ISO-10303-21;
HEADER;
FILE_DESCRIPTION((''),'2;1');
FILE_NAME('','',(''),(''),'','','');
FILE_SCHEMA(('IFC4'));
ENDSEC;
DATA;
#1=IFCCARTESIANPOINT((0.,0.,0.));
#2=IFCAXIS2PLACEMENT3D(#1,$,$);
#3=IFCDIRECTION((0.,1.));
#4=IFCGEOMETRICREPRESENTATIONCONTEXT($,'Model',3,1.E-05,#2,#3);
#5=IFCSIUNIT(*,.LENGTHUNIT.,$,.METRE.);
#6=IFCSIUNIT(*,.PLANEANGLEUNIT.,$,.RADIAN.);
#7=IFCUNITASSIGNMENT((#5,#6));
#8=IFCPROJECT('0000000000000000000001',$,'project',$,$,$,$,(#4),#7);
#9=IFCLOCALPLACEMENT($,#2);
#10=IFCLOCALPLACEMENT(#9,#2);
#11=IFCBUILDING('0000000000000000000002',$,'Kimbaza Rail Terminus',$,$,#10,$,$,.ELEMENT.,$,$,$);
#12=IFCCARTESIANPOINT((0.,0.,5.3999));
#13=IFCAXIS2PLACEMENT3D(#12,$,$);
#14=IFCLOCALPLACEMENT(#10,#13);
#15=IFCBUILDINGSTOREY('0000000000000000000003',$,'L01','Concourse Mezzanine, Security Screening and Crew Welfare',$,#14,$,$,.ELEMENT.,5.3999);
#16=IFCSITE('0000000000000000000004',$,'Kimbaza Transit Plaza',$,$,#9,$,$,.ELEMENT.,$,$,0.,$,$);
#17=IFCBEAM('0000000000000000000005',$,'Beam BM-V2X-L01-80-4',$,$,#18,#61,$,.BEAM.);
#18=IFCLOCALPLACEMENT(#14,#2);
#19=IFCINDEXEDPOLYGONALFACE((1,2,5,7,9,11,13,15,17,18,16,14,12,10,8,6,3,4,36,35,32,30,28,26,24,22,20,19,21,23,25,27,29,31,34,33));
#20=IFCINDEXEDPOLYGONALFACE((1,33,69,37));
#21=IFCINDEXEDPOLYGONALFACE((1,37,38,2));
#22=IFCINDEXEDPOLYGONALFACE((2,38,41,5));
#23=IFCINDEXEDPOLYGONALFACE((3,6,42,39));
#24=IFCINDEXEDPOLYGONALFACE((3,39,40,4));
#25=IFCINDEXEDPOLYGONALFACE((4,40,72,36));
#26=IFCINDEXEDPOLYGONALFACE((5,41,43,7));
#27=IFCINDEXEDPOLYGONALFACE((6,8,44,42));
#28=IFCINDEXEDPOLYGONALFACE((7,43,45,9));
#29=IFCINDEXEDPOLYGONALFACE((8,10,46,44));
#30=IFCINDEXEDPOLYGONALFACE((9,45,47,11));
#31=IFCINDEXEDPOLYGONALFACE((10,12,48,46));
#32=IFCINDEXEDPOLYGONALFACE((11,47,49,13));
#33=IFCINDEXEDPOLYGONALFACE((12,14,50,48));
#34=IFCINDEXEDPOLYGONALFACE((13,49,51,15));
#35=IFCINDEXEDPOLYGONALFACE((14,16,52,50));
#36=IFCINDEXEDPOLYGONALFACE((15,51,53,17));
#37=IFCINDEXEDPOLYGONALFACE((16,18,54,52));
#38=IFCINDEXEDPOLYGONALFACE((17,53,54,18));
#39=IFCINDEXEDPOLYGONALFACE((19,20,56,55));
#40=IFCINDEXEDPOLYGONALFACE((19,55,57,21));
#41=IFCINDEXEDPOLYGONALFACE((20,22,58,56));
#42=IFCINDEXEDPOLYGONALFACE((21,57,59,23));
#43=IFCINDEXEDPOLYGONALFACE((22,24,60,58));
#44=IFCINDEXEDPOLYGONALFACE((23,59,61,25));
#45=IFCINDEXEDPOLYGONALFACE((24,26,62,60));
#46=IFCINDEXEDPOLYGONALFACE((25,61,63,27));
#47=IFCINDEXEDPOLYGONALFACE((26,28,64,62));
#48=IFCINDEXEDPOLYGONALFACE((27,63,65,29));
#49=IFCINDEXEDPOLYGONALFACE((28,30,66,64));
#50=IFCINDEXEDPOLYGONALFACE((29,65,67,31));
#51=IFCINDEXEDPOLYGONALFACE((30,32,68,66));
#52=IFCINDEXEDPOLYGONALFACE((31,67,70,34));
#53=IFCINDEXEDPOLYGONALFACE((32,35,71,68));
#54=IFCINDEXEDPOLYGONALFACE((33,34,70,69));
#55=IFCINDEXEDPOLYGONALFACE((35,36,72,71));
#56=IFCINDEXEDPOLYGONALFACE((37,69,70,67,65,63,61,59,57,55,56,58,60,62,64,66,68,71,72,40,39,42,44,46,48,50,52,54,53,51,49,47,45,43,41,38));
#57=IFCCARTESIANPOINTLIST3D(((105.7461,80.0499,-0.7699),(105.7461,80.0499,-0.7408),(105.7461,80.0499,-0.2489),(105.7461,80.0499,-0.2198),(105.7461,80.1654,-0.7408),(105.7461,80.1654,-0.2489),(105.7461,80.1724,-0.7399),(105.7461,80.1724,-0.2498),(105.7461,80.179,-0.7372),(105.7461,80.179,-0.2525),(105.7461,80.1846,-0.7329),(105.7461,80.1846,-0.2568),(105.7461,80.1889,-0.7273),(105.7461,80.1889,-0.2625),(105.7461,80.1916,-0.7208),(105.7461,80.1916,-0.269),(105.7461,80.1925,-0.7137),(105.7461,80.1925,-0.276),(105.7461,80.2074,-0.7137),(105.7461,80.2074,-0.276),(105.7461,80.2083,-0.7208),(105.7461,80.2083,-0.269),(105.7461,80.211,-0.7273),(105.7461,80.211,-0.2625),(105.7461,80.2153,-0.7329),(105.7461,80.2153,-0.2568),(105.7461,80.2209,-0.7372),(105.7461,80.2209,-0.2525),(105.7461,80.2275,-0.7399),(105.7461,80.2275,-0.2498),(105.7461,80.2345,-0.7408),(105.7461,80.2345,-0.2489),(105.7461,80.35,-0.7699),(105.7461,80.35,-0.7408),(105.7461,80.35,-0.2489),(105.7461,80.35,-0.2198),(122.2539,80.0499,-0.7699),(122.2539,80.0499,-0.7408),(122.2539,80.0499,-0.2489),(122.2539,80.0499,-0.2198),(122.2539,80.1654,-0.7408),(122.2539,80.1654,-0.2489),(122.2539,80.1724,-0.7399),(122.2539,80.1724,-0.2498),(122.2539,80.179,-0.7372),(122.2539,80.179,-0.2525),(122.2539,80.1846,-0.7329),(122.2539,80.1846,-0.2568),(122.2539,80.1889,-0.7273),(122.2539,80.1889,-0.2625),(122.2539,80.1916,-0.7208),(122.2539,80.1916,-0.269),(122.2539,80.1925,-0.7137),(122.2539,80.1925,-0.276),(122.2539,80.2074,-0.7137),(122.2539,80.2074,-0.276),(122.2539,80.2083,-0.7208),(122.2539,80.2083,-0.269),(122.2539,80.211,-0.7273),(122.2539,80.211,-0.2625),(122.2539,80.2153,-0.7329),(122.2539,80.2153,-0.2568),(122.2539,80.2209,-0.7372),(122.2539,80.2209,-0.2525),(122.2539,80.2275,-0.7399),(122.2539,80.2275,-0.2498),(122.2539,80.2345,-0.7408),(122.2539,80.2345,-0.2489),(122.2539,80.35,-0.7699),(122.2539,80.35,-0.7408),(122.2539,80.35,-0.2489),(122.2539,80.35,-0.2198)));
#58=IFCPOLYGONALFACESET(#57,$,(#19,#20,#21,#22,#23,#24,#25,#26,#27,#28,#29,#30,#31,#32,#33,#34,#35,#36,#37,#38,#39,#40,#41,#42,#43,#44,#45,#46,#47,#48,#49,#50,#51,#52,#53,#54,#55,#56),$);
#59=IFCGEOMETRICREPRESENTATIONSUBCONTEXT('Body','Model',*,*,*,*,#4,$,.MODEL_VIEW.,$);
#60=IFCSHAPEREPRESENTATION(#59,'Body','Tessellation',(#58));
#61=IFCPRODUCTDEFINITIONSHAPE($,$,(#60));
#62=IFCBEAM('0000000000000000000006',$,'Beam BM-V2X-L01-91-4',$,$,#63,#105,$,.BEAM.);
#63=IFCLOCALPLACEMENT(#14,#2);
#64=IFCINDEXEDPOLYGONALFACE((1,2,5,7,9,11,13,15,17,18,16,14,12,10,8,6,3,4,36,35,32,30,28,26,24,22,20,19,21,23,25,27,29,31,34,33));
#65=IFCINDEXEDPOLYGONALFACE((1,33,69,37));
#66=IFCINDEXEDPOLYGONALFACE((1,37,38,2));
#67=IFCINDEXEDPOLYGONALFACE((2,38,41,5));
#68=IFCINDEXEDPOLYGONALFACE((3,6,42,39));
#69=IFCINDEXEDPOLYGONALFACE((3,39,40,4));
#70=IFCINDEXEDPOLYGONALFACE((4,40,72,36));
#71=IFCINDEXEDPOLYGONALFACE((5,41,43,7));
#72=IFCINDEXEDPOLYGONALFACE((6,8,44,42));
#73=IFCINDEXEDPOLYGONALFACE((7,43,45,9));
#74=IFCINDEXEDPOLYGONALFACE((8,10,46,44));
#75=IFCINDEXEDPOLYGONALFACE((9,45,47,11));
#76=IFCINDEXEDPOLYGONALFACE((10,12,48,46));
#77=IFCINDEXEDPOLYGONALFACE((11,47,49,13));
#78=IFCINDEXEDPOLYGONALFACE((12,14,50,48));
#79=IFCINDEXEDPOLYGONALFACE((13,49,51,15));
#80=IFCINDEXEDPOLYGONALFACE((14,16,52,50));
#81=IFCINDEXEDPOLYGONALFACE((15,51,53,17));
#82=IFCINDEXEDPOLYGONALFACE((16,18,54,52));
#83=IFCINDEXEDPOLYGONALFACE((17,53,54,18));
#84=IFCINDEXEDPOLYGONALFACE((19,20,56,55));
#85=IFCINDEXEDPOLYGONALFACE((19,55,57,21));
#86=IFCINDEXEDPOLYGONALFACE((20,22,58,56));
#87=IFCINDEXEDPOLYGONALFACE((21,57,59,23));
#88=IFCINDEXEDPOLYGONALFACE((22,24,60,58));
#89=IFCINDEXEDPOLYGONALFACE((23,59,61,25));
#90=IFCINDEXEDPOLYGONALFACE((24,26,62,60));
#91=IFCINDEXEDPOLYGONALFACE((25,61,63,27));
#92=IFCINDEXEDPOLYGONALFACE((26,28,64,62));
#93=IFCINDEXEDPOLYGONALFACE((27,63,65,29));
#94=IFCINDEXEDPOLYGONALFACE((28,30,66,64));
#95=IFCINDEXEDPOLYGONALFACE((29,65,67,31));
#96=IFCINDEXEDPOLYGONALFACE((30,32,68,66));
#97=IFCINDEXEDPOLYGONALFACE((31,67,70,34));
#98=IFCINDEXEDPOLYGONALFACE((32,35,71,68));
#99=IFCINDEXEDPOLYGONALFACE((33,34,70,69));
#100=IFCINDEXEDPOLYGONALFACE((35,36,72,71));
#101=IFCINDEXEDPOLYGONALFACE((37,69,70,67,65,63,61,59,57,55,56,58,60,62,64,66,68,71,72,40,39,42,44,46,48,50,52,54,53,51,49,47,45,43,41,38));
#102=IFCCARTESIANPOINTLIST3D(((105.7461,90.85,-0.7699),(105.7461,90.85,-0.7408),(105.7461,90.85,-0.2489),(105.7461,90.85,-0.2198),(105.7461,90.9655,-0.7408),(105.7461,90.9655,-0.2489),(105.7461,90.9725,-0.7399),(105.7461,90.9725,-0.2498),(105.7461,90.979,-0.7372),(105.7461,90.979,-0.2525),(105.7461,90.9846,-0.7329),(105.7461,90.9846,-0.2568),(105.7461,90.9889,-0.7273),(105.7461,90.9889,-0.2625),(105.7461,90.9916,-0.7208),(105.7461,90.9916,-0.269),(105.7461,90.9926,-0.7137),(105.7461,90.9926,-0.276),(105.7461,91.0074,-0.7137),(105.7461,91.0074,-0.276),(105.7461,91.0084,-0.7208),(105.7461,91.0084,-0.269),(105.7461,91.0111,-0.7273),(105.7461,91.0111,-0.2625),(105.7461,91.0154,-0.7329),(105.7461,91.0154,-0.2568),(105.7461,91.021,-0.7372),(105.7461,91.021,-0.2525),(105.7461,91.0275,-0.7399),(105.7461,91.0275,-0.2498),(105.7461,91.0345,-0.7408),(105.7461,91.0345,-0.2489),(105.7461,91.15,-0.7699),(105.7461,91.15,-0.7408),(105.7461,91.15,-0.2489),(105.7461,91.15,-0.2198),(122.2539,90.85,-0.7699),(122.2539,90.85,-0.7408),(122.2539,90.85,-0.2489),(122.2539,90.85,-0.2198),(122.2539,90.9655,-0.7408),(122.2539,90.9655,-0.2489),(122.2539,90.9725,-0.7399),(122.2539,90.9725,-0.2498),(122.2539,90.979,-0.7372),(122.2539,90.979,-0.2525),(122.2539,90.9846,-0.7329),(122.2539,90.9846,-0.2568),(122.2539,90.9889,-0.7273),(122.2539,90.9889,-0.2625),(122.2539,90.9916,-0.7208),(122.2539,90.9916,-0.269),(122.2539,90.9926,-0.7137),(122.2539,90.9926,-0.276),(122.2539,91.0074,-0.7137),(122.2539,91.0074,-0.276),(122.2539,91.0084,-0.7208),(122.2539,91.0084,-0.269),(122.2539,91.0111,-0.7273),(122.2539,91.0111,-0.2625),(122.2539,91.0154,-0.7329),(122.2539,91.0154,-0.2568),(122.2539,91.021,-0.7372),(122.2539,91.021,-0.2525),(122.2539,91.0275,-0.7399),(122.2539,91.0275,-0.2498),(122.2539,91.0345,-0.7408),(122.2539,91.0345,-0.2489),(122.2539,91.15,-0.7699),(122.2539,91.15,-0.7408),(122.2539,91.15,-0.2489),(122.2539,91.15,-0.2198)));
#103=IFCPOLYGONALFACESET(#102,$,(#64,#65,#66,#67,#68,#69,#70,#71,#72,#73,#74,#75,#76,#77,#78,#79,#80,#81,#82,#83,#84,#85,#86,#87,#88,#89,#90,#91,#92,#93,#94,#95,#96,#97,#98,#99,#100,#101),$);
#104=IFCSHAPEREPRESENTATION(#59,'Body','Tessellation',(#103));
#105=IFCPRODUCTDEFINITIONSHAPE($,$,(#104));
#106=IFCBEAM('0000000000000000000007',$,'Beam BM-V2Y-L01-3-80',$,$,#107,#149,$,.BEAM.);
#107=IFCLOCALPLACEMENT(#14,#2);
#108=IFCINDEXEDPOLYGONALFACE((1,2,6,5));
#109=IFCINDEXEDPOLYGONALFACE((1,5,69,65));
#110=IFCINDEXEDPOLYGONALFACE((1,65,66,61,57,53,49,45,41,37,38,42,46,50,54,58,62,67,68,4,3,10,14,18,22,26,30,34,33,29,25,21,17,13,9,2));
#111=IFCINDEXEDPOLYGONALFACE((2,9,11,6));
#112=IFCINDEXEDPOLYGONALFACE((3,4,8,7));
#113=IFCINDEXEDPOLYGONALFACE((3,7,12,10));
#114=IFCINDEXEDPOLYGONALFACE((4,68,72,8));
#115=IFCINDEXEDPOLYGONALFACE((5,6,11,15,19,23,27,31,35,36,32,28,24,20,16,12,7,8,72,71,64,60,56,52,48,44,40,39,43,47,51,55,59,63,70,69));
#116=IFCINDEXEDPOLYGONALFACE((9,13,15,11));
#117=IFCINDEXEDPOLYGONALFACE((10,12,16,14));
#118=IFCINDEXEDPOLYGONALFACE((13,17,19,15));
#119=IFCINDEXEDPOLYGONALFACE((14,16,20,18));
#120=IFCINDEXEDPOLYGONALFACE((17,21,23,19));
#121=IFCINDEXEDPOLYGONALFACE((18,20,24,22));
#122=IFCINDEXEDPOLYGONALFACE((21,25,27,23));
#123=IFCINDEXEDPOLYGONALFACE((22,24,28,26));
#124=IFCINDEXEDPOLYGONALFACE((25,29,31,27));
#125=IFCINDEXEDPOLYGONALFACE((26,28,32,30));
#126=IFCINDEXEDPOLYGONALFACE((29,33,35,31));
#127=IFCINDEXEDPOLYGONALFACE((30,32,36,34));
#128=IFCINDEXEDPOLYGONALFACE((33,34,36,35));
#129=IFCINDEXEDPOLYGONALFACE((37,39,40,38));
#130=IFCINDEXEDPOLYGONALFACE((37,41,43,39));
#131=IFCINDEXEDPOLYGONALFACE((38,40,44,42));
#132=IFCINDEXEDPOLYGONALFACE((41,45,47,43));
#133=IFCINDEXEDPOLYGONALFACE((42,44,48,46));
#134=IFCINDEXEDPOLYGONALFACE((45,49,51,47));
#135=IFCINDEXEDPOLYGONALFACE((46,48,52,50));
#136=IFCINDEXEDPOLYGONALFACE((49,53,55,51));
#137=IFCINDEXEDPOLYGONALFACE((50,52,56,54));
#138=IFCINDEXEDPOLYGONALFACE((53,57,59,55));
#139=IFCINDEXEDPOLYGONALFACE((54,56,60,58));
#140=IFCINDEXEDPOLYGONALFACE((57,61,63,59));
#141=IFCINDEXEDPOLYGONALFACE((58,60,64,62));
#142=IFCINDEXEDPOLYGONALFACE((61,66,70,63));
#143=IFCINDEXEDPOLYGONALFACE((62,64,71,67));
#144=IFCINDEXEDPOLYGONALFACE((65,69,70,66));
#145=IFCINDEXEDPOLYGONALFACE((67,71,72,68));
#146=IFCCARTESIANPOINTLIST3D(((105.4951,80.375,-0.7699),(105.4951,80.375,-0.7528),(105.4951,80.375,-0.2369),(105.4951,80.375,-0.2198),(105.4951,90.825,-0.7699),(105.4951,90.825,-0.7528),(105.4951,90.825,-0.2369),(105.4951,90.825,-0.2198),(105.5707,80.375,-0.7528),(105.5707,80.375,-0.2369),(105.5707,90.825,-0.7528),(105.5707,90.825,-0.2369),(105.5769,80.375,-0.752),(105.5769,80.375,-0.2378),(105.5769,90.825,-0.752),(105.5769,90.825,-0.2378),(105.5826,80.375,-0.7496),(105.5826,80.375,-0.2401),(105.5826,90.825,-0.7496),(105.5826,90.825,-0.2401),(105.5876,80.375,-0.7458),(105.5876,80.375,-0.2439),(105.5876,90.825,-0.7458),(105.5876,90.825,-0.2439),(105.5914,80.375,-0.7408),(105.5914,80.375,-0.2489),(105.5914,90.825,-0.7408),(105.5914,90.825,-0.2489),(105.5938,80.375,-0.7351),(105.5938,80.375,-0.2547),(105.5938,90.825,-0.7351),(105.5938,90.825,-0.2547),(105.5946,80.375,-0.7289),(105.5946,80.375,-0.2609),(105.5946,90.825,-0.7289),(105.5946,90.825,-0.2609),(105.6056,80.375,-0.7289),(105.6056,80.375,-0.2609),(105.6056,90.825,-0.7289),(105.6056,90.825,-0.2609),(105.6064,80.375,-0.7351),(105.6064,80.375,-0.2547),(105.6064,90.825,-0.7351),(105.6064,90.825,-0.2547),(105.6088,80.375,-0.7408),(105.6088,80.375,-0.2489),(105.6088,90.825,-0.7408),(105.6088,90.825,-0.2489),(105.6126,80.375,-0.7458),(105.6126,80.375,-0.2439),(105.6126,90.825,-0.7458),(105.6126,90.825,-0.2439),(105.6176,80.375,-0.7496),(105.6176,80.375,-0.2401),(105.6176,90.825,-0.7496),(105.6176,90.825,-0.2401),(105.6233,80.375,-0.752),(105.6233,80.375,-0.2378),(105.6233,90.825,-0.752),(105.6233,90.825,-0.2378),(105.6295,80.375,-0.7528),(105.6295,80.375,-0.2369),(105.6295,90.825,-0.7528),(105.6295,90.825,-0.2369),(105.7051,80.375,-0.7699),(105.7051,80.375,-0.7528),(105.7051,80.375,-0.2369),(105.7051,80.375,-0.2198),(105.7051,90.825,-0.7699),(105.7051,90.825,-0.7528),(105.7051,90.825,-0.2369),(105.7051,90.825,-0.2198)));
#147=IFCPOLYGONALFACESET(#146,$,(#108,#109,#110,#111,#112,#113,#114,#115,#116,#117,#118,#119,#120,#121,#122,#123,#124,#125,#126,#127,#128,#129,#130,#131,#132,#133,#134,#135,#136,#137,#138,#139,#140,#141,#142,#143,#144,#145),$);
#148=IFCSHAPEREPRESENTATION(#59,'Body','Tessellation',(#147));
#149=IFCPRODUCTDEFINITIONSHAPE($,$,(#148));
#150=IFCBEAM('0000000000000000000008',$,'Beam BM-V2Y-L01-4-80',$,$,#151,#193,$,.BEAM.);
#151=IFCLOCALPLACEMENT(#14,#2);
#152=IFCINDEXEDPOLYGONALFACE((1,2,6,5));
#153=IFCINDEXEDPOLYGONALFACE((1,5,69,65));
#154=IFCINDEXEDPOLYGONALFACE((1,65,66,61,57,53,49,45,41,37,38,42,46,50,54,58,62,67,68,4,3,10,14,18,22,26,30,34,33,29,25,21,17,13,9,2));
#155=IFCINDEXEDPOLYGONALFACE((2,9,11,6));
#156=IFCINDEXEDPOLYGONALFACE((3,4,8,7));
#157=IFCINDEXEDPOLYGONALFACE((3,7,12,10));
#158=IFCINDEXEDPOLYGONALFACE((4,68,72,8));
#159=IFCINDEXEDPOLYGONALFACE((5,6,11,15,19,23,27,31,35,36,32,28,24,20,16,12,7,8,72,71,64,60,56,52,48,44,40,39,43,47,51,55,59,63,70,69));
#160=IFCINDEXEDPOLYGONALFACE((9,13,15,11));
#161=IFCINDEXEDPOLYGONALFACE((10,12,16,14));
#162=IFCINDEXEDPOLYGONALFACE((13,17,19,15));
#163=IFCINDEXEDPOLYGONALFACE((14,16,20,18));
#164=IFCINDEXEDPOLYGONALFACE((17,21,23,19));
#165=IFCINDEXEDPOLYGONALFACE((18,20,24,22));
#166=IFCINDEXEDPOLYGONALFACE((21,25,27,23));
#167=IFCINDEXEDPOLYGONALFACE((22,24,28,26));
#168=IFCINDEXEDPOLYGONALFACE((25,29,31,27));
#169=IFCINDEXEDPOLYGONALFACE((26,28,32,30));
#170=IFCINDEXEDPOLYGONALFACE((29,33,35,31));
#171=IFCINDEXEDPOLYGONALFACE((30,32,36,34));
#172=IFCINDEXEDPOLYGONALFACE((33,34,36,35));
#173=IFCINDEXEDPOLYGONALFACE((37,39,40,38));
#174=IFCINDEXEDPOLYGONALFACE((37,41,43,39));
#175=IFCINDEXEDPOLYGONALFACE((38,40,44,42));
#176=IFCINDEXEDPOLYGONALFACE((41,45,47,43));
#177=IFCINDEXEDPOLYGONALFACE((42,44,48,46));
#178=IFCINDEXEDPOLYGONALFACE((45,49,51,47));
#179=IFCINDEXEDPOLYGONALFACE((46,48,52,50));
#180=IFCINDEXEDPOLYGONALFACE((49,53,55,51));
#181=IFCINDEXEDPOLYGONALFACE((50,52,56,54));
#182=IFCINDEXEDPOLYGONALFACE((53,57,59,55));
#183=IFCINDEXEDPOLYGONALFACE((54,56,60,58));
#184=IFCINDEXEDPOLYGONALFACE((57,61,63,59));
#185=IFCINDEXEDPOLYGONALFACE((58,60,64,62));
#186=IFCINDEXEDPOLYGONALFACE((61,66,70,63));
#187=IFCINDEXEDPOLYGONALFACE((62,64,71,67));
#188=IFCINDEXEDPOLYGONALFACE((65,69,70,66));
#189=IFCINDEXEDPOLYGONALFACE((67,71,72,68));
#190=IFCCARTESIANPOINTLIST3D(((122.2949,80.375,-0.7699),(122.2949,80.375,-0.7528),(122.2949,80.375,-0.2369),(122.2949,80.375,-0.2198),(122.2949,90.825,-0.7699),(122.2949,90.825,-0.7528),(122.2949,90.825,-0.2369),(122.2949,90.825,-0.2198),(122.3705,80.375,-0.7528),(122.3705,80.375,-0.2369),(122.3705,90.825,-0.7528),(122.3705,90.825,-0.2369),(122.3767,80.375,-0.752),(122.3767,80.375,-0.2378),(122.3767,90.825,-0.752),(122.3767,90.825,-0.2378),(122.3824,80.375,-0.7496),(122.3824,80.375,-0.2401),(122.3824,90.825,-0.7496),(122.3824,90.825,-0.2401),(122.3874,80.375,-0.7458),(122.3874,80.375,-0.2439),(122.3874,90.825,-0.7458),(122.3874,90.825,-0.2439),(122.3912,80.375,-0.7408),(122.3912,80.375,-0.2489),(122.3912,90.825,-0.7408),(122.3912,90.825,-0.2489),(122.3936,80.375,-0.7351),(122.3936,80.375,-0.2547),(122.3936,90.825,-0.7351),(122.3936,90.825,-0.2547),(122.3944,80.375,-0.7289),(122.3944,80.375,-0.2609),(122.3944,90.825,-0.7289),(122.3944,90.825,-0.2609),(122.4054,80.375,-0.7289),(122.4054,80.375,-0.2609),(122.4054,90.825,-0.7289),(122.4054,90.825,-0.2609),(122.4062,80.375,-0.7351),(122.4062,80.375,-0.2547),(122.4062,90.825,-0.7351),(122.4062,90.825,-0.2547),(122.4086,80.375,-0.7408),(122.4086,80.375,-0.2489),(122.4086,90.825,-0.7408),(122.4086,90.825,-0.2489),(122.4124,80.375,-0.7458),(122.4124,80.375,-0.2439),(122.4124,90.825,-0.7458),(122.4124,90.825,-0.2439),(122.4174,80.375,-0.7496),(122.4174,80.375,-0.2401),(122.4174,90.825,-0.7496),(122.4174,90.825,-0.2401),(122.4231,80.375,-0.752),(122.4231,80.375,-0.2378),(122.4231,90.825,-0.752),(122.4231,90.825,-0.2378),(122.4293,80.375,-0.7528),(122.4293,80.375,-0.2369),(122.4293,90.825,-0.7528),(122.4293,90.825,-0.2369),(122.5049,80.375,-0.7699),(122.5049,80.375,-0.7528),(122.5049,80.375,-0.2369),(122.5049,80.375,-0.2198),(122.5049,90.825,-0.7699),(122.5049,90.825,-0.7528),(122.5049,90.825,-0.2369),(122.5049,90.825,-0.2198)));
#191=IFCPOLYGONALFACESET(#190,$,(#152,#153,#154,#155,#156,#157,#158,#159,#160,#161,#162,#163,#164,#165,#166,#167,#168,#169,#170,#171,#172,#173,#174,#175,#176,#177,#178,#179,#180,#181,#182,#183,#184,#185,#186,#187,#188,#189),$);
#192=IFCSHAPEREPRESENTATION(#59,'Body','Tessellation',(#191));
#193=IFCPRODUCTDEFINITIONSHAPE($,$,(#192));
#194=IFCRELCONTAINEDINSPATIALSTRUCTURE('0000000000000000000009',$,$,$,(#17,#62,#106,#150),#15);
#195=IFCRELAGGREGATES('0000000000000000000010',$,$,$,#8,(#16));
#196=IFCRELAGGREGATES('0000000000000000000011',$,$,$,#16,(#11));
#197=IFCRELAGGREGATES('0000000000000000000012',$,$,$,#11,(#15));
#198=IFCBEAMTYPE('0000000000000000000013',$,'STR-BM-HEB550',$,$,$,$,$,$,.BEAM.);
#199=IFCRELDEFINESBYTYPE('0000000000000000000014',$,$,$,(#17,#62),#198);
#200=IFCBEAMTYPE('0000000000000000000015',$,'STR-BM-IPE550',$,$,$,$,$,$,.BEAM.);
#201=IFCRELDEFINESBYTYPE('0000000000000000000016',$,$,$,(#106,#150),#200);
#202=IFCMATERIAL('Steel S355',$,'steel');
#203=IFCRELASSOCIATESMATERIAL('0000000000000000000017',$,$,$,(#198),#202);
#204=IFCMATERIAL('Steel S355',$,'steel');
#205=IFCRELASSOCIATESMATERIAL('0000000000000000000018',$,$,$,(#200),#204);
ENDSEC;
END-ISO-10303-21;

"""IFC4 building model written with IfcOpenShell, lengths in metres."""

from ifc_helpers import new_model, si_unit, direction, frame, origin, origin_2d, place, context, subcontext, project, spatial, i_section, extrude, material, material_profile, profile_set, type_object, element, save


model = new_model("IFC4")

# Units and contexts
model_context = context("Model", 3, precision=1e-05, world=origin(), true_north=direction((0.0, 1.0)))
body_context = subcontext(model_context, "Body", "Model", "MODEL_VIEW")
ifc_project = project(units=[si_unit("LENGTHUNIT", "METRE"), si_unit("PLANEANGLEUNIT", "RADIAN")], contexts=[model_context])

# Site, building, storey
site_placement = place(None, origin())
site = spatial("IfcSite", under=ifc_project, at=site_placement, Name="Kimbaza Transit Plaza", CompositionType="ELEMENT", RefElevation=0.0)
building_placement = place(site_placement, origin())
building = spatial("IfcBuilding", under=site, at=building_placement, Name="Kimbaza Rail Terminus", CompositionType="ELEMENT")
storey_placement = place(building_placement, frame((0.0, 0.0, 5.3999)))
storey = spatial("IfcBuildingStorey", under=building, at=storey_placement, Name="L01", Description="Concourse Mezzanine, Security Screening and Crew Welfare", CompositionType="ELEMENT", Elevation=5.3999)

# Beams
ifc_material_1 = material(Name="Steel S355", Category="steel")
ifc_material_profile_1 = material_profile(ifc_material_1, i_section(OverallWidth=0.3, OverallDepth=0.55, WebThickness=0.0149, FlangeThickness=0.0291, FilletRadius=0.0271, at=origin_2d()), Name="HEB 550")
ifc_profile_set_1 = profile_set([ifc_material_profile_1], Name="Steel S355")
beam_type_1 = type_object("IfcBeamType", Name="STR-BM-HEB550", PredefinedType="BEAM", material=ifc_profile_set_1)
for number, where, z_axis, x_axis, name in (
    (1, (105.7461, 80.2, -0.4949), (1.0, 0.0, 0.0), (0.0, 1.0, 0.0), "Beam BM-V2X-L01-80-4"),
    (2, (105.7461, 91.0, -0.4949), (1.0, 0.0, 0.0), (0.0, 1.0, 0.0), "Beam BM-V2X-L01-91-4"),
):
    element("IfcBeam", number, at=place(storey_placement, frame(where, z_axis=z_axis, x_axis=x_axis)), inside=storey, type_object=beam_type_1, Name=name, PredefinedType="BEAM", context=body_context, shape_type="SweptSolid", body=[
        extrude(i_section(OverallWidth=0.3, OverallDepth=0.55, WebThickness=0.0149, FlangeThickness=0.0291, FilletRadius=0.0271, at=origin_2d()), origin(), (0.0, 0.0, 1.0), 16.5078),
    ])
ifc_material_2 = material(Name="Steel S355", Category="steel")
ifc_material_profile_2 = material_profile(ifc_material_2, i_section(OverallWidth=0.21, OverallDepth=0.55, WebThickness=0.011, FlangeThickness=0.0171, FilletRadius=0.0239, at=origin_2d()), Name="IPE 550")
ifc_profile_set_2 = profile_set([ifc_material_profile_2], Name="Steel S355")
beam_type_2 = type_object("IfcBeamType", Name="STR-BM-IPE550", PredefinedType="BEAM", material=ifc_profile_set_2)
for number, where, z_axis, x_axis, name in (
    (3, (105.6001, 80.375, -0.4949), (0.0, 1.0, 0.0), (-1.0, 0.0, 0.0), "Beam BM-V2Y-L01-3-80"),
    (4, (122.3999, 80.375, -0.4949), (0.0, 1.0, 0.0), (-1.0, 0.0, 0.0), "Beam BM-V2Y-L01-4-80"),
):
    element("IfcBeam", number, at=place(storey_placement, frame(where, z_axis=z_axis, x_axis=x_axis)), inside=storey, type_object=beam_type_2, Name=name, PredefinedType="BEAM", context=body_context, shape_type="SweptSolid", body=[
        extrude(i_section(OverallWidth=0.21, OverallDepth=0.55, WebThickness=0.011, FlangeThickness=0.0171, FilletRadius=0.0239, at=origin_2d()), origin(), (0.0, 0.0, 1.0), 10.45),
    ])

save(model, "model.ifc")
